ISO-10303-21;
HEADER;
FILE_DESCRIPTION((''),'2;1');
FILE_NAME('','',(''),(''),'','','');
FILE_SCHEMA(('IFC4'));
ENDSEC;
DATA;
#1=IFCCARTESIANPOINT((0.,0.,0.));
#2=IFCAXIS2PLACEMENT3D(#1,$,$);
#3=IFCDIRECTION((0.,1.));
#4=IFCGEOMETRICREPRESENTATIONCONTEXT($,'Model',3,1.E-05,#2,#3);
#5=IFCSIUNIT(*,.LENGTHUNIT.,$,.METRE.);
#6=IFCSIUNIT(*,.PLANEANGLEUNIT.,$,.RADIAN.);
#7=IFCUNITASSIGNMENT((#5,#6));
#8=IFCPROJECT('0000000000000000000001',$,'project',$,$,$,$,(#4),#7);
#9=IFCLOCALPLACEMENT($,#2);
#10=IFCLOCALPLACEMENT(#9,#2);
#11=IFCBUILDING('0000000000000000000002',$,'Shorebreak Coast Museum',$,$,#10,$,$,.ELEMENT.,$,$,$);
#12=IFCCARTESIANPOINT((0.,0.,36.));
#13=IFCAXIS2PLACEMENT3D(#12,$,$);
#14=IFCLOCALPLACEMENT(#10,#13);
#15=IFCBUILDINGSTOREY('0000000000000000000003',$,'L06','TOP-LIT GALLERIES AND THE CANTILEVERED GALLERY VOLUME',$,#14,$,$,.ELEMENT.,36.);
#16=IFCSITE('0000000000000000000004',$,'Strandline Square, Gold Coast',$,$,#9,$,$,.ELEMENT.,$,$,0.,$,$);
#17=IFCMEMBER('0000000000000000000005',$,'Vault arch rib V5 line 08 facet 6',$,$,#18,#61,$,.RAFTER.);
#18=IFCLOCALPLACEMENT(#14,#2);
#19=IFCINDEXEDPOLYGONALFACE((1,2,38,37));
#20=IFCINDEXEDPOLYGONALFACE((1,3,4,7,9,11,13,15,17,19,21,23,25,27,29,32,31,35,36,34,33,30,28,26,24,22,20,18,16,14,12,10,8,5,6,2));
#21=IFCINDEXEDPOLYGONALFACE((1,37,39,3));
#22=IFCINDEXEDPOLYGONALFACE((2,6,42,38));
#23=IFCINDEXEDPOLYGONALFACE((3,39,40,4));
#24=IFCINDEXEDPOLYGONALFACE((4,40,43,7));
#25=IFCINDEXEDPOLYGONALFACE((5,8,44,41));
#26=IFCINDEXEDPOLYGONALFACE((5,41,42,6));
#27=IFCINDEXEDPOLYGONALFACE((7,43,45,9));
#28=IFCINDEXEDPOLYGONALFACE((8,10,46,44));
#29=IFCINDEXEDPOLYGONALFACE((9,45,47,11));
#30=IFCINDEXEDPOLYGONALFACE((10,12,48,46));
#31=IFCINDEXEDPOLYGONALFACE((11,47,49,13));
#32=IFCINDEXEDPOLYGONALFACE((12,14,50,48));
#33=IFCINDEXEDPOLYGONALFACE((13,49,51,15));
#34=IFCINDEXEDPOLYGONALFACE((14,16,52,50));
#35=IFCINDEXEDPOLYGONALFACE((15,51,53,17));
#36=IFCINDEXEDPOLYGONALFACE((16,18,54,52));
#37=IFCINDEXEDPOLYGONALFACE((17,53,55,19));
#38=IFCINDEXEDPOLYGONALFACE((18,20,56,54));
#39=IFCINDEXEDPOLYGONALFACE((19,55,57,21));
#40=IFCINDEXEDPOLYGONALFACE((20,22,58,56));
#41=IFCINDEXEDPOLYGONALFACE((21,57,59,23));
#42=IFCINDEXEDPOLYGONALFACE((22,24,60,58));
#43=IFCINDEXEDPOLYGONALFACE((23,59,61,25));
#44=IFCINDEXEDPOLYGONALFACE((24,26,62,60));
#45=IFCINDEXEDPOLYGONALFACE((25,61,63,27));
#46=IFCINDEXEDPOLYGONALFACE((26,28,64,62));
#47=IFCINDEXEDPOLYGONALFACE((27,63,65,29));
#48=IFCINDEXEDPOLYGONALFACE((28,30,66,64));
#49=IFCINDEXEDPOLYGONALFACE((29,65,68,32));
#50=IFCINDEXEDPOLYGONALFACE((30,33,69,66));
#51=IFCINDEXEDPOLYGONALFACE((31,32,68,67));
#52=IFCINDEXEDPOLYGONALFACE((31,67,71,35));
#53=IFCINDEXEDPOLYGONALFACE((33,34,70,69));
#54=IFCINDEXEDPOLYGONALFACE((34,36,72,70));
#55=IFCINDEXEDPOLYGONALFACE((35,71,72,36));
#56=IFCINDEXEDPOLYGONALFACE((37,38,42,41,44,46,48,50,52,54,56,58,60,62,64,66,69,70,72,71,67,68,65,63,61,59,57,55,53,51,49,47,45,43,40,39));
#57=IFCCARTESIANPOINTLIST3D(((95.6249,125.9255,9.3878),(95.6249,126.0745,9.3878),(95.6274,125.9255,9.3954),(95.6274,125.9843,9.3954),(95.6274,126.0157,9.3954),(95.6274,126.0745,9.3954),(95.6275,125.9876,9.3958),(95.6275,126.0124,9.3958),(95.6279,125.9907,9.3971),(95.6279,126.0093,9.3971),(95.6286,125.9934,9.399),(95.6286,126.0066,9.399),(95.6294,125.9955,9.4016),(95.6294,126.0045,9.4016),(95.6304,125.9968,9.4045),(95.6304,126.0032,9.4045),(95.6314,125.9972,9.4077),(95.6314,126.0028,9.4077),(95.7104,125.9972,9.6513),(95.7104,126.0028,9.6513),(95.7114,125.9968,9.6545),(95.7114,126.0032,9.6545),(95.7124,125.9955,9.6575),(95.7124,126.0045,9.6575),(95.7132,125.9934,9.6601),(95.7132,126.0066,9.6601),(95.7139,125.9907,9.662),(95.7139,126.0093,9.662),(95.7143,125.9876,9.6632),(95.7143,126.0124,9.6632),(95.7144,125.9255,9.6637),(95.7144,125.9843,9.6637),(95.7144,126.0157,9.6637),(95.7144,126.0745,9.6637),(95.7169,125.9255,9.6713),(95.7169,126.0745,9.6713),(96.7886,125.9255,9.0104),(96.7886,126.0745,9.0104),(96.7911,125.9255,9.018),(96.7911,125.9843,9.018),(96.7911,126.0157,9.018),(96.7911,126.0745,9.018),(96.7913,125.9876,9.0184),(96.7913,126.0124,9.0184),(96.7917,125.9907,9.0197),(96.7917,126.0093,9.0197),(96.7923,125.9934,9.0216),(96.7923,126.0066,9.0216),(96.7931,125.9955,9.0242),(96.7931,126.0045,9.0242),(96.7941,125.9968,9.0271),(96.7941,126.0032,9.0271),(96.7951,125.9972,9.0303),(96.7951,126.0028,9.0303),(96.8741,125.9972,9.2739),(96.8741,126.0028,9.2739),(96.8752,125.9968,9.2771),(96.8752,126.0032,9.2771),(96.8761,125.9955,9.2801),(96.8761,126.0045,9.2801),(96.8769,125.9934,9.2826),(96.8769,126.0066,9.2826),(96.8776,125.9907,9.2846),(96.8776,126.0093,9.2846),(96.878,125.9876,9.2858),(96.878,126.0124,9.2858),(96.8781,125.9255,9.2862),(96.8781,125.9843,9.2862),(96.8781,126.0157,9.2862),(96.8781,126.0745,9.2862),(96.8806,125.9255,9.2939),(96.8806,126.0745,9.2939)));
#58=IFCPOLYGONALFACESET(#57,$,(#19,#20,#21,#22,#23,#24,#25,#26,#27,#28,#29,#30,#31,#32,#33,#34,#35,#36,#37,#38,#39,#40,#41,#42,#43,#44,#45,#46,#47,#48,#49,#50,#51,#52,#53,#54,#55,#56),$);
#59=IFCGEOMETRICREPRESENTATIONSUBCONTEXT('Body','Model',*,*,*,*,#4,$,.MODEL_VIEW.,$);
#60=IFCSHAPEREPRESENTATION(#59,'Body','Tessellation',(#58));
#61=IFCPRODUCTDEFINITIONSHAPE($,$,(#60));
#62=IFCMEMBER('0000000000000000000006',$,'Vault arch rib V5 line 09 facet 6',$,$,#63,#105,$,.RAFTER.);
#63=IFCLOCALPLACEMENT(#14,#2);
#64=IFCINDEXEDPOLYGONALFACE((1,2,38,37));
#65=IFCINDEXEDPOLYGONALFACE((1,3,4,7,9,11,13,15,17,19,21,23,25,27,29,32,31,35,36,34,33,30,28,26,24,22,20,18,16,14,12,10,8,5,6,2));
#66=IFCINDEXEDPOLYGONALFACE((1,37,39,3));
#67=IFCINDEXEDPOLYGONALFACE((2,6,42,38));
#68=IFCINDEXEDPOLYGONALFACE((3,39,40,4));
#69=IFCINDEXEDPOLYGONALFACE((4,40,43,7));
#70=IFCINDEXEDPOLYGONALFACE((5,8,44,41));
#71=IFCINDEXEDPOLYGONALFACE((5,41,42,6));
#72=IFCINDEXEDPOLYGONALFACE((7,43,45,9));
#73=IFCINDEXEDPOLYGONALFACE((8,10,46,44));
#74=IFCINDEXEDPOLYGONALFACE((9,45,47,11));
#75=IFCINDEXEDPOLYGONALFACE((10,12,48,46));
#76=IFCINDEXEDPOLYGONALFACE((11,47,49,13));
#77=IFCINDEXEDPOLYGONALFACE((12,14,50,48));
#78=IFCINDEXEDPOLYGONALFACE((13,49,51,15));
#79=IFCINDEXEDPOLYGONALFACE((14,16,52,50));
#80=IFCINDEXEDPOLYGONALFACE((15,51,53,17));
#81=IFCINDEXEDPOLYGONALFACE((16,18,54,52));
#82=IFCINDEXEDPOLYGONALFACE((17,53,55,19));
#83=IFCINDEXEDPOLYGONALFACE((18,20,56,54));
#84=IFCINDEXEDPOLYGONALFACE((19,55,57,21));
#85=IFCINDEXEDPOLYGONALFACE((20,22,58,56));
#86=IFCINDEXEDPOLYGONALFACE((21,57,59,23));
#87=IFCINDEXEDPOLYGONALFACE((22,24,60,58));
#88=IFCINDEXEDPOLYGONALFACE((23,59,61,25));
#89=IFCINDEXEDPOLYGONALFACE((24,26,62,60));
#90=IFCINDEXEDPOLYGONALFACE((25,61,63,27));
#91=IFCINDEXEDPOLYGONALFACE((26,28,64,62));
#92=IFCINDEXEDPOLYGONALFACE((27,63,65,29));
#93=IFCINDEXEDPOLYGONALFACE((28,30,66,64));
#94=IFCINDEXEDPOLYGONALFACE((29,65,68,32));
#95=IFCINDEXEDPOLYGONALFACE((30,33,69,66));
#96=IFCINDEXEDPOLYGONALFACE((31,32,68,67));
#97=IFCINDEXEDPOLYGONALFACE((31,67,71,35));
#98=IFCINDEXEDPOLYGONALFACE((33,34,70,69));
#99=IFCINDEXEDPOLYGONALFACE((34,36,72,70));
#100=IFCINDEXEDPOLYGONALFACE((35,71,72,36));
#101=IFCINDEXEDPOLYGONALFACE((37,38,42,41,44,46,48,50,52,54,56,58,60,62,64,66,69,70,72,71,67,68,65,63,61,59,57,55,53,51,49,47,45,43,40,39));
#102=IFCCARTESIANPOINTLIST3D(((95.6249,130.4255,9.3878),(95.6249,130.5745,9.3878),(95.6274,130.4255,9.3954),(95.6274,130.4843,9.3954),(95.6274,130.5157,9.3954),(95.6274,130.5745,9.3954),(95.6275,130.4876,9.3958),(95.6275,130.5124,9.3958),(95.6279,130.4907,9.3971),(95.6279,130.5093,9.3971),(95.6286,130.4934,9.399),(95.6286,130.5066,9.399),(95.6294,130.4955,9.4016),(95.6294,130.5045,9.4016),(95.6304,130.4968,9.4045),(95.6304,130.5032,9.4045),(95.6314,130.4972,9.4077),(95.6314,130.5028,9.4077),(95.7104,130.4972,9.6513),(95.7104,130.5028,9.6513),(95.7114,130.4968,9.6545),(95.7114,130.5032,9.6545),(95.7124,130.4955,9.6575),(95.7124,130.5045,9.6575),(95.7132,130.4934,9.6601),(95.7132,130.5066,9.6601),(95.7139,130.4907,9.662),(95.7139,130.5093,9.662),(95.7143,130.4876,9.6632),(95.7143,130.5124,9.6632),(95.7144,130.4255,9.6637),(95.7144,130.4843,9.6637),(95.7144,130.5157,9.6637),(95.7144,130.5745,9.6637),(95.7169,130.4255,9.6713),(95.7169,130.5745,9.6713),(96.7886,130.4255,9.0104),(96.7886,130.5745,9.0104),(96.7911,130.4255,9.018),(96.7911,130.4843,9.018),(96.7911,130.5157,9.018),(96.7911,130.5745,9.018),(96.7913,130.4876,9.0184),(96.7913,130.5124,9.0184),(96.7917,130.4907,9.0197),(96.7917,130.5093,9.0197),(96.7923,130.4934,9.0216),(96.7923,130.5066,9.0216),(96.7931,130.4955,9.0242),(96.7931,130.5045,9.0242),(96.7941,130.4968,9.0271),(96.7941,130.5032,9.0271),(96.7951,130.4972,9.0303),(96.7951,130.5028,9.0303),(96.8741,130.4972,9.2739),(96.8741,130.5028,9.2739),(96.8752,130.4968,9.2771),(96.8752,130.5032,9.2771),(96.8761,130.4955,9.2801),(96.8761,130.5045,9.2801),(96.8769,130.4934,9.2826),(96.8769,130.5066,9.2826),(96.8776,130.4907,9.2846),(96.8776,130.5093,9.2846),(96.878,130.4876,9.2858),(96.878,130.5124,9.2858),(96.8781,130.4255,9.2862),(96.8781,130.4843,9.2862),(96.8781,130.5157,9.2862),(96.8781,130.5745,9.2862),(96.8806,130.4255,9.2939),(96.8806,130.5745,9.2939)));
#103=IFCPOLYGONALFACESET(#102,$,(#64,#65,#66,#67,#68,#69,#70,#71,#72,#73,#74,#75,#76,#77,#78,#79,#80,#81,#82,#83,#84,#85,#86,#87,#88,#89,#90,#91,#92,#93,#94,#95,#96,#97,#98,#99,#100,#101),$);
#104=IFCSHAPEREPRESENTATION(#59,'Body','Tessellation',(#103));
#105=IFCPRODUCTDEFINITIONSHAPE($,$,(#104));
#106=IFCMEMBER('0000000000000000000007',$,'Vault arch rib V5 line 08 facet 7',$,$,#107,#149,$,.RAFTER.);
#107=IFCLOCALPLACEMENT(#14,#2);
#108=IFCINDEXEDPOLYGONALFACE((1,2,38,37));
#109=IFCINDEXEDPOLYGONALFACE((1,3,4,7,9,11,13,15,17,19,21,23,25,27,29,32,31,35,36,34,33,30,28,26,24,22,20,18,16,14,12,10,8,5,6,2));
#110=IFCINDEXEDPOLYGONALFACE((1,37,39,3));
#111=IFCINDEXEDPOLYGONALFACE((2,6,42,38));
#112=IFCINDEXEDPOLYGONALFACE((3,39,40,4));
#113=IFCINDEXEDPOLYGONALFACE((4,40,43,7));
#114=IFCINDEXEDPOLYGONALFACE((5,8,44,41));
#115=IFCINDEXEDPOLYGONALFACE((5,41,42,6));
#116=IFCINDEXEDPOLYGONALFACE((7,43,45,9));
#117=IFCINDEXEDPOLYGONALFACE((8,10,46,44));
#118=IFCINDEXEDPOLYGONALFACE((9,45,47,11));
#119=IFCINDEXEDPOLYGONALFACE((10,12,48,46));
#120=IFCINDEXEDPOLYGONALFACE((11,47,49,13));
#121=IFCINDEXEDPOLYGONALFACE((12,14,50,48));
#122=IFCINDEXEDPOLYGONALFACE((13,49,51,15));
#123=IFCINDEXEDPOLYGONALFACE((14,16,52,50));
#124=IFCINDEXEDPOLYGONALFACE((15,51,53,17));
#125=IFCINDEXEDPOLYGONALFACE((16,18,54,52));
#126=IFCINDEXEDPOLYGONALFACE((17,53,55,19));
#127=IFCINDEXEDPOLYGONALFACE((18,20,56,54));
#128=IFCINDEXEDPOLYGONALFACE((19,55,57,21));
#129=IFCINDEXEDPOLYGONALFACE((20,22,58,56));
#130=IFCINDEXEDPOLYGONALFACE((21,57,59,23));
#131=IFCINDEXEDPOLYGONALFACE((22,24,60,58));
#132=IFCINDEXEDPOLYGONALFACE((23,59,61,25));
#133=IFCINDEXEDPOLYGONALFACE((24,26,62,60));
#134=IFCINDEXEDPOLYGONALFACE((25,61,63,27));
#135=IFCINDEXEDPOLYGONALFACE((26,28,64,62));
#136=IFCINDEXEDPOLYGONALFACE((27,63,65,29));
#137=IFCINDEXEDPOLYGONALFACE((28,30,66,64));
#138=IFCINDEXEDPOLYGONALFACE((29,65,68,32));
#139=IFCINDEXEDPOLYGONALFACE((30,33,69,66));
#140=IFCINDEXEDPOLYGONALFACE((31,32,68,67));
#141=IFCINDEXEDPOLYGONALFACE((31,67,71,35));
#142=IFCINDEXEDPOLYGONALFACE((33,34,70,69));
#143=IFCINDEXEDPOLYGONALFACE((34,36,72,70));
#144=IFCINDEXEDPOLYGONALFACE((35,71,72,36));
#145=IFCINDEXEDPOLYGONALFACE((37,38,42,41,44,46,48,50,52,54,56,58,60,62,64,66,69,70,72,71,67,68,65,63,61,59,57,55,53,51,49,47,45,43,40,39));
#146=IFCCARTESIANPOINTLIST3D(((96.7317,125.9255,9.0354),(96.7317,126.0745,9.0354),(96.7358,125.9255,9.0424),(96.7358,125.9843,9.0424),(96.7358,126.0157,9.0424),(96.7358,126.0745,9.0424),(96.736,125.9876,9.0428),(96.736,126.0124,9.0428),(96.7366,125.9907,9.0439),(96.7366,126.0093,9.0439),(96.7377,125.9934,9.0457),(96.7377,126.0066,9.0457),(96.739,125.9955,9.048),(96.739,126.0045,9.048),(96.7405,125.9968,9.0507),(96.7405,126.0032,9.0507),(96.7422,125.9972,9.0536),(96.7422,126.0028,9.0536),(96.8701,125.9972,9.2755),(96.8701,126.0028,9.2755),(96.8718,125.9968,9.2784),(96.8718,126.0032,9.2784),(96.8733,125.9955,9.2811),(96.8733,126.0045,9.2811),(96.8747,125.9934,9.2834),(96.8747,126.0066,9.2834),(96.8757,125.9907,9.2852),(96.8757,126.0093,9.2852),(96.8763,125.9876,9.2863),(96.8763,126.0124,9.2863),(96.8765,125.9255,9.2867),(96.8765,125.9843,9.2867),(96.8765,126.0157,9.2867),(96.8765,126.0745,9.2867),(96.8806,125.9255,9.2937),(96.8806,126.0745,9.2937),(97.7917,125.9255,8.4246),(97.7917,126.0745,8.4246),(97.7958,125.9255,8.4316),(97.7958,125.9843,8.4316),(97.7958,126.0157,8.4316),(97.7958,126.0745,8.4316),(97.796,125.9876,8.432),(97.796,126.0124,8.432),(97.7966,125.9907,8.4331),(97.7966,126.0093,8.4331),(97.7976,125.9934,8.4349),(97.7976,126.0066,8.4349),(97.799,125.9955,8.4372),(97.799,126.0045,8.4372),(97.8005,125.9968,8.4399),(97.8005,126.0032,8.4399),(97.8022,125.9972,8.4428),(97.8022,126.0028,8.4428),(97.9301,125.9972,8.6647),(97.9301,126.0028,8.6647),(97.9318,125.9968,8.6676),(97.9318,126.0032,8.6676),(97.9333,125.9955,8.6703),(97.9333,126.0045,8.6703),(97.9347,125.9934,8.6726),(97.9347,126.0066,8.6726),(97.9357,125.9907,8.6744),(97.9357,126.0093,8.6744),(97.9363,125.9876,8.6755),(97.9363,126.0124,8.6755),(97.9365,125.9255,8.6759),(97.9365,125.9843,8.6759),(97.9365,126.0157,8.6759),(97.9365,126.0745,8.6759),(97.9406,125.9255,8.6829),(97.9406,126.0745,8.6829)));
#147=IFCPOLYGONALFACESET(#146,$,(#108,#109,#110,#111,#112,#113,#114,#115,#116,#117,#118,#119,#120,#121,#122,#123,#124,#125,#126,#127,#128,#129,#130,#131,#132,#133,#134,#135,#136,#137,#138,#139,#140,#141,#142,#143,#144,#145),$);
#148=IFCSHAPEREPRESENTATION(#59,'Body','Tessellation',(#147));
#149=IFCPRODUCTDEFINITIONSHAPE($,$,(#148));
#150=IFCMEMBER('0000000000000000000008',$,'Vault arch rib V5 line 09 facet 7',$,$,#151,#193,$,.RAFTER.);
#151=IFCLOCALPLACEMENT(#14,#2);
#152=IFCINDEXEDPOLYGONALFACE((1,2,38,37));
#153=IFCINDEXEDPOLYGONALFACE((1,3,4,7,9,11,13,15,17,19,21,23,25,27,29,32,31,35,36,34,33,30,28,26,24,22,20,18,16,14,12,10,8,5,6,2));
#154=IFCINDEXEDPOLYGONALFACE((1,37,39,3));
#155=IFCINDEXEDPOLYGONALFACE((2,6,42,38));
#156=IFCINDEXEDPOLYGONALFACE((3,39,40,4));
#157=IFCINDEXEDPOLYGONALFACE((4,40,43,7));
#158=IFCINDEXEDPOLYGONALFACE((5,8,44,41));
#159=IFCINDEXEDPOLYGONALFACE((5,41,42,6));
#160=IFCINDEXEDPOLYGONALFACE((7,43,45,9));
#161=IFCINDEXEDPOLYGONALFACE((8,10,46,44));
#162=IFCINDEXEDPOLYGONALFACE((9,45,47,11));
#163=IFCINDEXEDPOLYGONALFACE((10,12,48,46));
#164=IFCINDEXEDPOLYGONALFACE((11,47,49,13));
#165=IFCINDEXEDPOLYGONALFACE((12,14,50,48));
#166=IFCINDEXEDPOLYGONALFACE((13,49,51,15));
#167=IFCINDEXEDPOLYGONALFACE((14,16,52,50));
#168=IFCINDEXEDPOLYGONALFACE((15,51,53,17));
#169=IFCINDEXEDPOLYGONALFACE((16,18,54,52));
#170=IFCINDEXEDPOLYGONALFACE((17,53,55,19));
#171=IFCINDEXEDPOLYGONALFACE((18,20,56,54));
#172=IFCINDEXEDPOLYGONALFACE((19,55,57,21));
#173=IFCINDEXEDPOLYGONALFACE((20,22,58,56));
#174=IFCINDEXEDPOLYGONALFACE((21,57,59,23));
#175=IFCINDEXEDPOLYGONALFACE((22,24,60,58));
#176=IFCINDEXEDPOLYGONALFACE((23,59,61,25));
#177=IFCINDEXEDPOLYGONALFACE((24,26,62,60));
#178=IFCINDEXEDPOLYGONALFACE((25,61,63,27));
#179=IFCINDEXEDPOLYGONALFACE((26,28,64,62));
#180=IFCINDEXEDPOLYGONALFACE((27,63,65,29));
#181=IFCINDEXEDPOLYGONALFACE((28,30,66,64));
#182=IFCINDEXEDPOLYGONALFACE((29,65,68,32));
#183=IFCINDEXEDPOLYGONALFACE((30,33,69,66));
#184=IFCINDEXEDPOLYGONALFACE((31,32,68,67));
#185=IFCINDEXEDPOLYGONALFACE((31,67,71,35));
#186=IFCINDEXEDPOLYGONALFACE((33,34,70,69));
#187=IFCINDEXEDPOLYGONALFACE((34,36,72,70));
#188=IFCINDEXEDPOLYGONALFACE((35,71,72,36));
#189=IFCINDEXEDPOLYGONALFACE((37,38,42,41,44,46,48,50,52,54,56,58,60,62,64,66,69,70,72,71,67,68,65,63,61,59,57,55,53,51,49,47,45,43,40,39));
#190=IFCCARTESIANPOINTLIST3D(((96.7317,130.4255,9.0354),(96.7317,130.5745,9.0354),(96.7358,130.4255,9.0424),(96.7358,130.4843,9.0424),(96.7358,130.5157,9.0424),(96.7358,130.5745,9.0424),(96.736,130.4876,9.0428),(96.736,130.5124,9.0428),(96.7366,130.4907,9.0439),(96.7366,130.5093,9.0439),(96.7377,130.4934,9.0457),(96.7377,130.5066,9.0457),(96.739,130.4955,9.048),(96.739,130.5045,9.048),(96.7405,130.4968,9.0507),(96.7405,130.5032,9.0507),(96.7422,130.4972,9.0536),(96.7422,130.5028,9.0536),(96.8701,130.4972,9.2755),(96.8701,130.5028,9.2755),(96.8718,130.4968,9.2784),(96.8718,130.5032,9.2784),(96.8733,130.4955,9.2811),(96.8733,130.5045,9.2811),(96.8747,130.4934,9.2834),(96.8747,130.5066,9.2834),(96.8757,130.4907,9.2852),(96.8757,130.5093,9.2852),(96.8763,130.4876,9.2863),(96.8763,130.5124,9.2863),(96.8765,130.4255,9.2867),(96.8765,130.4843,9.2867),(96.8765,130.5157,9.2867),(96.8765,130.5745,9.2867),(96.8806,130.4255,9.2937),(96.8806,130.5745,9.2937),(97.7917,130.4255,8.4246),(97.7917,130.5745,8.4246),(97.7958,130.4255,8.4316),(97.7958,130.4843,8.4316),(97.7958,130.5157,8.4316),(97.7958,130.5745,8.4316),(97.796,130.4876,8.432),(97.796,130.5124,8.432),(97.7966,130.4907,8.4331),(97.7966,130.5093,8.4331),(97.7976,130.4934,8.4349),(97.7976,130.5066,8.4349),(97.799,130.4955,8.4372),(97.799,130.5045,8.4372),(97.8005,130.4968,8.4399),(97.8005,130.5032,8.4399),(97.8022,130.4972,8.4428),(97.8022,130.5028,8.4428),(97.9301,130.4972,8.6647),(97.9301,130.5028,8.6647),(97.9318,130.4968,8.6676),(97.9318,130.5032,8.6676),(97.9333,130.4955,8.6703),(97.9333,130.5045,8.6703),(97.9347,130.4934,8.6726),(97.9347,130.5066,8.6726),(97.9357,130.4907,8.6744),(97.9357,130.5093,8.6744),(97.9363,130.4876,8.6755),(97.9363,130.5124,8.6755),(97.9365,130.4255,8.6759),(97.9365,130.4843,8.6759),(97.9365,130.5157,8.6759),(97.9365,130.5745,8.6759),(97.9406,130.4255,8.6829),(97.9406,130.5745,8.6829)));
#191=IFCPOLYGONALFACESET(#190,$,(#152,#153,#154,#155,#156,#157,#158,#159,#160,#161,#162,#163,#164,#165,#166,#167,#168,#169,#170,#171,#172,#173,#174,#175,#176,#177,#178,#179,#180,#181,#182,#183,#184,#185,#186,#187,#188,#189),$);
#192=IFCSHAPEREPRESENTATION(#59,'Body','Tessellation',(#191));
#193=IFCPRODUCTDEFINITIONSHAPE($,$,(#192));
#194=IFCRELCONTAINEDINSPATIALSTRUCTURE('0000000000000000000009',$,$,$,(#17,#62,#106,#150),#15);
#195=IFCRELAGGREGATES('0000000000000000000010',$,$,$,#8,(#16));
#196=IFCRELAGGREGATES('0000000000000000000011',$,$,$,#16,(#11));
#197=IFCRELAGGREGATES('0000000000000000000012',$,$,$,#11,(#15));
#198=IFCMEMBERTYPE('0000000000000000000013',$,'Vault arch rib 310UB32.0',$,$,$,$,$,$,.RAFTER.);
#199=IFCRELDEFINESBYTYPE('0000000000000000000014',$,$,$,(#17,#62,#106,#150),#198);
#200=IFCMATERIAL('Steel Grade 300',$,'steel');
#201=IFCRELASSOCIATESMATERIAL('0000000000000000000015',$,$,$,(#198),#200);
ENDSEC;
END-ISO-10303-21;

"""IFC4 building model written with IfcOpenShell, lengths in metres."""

from ifc_helpers import new_model, si_unit, direction, frame, origin, origin_2d, place, context, subcontext, project, spatial, i_section, extrude, material, material_profile, profile_set, type_object, element, save


model = new_model("IFC4")

# Units and contexts
model_context = context("Model", 3, precision=1e-05, world=origin(), true_north=direction((0.0, 1.0)))
body_context = subcontext(model_context, "Body", "Model", "MODEL_VIEW")
ifc_project = project(units=[si_unit("LENGTHUNIT", "METRE"), si_unit("PLANEANGLEUNIT", "RADIAN")], contexts=[model_context])

# Site, building, storey
site_placement = place(None, origin())
site = spatial("IfcSite", under=ifc_project, at=site_placement, Name="Strandline Square, Gold Coast", CompositionType="ELEMENT", RefElevation=0.0)
building_placement = place(site_placement, origin())
building = spatial("IfcBuilding", under=site, at=building_placement, Name="Shorebreak Coast Museum", CompositionType="ELEMENT")
storey_placement = place(building_placement, frame((0.0, 0.0, 36.0)))
storey = spatial("IfcBuildingStorey", under=building, at=storey_placement, Name="L06", Description="TOP-LIT GALLERIES AND THE CANTILEVERED GALLERY VOLUME", CompositionType="ELEMENT", Elevation=36.0)

# Members
ifc_material_1 = material(Name="Steel Grade 300", Category="steel")
ifc_material_profile_1 = material_profile(ifc_material_1, i_section(OverallWidth=0.1489, OverallDepth=0.2981, WebThickness=0.0056, FlangeThickness=0.0081, FilletRadius=0.0129, at=origin_2d()), Name="310UB32.0")
ifc_profile_set_1 = profile_set([ifc_material_profile_1], Name="Steel Grade 300")
member_type_1 = type_object("IfcMemberType", Name="Vault arch rib 310UB32.0", PredefinedType="RAFTER", material=ifc_profile_set_1)
for number, where, z_axis, x_axis, name in (
    (1, (95.6709, 126.0, 9.5295), (0.951226, 0.0, -0.308495), (0.0, 1.0, 0.0), "Vault arch rib V5 line 08 facet 6"),
    (2, (95.6709, 130.5, 9.5295), (0.951226, 0.0, -0.308495), (0.0, 1.0, 0.0), "Vault arch rib V5 line 09 facet 6"),
    (3, (96.8062, 126.0, 9.1646), (0.866445, 0.0, -0.499273), (0.0, 1.0, 0.0), "Vault arch rib V5 line 08 facet 7"),
    (4, (96.8062, 130.5, 9.1646), (0.866445, 0.0, -0.499273), (0.0, 1.0, 0.0), "Vault arch rib V5 line 09 facet 7"),
):
    element("IfcMember", number, at=place(storey_placement, frame(where, z_axis=z_axis, x_axis=x_axis)), inside=storey, type_object=member_type_1, Name=name, PredefinedType="RAFTER", context=body_context, shape_type="SweptSolid", body=[
        extrude(i_section(OverallWidth=0.1489, OverallDepth=0.2981, WebThickness=0.0056, FlangeThickness=0.0081, FilletRadius=0.0129, at=origin_2d()), origin(), (0.0, 0.0, 1.0), 1.2234),
    ])

save(model, "model.ifc")
